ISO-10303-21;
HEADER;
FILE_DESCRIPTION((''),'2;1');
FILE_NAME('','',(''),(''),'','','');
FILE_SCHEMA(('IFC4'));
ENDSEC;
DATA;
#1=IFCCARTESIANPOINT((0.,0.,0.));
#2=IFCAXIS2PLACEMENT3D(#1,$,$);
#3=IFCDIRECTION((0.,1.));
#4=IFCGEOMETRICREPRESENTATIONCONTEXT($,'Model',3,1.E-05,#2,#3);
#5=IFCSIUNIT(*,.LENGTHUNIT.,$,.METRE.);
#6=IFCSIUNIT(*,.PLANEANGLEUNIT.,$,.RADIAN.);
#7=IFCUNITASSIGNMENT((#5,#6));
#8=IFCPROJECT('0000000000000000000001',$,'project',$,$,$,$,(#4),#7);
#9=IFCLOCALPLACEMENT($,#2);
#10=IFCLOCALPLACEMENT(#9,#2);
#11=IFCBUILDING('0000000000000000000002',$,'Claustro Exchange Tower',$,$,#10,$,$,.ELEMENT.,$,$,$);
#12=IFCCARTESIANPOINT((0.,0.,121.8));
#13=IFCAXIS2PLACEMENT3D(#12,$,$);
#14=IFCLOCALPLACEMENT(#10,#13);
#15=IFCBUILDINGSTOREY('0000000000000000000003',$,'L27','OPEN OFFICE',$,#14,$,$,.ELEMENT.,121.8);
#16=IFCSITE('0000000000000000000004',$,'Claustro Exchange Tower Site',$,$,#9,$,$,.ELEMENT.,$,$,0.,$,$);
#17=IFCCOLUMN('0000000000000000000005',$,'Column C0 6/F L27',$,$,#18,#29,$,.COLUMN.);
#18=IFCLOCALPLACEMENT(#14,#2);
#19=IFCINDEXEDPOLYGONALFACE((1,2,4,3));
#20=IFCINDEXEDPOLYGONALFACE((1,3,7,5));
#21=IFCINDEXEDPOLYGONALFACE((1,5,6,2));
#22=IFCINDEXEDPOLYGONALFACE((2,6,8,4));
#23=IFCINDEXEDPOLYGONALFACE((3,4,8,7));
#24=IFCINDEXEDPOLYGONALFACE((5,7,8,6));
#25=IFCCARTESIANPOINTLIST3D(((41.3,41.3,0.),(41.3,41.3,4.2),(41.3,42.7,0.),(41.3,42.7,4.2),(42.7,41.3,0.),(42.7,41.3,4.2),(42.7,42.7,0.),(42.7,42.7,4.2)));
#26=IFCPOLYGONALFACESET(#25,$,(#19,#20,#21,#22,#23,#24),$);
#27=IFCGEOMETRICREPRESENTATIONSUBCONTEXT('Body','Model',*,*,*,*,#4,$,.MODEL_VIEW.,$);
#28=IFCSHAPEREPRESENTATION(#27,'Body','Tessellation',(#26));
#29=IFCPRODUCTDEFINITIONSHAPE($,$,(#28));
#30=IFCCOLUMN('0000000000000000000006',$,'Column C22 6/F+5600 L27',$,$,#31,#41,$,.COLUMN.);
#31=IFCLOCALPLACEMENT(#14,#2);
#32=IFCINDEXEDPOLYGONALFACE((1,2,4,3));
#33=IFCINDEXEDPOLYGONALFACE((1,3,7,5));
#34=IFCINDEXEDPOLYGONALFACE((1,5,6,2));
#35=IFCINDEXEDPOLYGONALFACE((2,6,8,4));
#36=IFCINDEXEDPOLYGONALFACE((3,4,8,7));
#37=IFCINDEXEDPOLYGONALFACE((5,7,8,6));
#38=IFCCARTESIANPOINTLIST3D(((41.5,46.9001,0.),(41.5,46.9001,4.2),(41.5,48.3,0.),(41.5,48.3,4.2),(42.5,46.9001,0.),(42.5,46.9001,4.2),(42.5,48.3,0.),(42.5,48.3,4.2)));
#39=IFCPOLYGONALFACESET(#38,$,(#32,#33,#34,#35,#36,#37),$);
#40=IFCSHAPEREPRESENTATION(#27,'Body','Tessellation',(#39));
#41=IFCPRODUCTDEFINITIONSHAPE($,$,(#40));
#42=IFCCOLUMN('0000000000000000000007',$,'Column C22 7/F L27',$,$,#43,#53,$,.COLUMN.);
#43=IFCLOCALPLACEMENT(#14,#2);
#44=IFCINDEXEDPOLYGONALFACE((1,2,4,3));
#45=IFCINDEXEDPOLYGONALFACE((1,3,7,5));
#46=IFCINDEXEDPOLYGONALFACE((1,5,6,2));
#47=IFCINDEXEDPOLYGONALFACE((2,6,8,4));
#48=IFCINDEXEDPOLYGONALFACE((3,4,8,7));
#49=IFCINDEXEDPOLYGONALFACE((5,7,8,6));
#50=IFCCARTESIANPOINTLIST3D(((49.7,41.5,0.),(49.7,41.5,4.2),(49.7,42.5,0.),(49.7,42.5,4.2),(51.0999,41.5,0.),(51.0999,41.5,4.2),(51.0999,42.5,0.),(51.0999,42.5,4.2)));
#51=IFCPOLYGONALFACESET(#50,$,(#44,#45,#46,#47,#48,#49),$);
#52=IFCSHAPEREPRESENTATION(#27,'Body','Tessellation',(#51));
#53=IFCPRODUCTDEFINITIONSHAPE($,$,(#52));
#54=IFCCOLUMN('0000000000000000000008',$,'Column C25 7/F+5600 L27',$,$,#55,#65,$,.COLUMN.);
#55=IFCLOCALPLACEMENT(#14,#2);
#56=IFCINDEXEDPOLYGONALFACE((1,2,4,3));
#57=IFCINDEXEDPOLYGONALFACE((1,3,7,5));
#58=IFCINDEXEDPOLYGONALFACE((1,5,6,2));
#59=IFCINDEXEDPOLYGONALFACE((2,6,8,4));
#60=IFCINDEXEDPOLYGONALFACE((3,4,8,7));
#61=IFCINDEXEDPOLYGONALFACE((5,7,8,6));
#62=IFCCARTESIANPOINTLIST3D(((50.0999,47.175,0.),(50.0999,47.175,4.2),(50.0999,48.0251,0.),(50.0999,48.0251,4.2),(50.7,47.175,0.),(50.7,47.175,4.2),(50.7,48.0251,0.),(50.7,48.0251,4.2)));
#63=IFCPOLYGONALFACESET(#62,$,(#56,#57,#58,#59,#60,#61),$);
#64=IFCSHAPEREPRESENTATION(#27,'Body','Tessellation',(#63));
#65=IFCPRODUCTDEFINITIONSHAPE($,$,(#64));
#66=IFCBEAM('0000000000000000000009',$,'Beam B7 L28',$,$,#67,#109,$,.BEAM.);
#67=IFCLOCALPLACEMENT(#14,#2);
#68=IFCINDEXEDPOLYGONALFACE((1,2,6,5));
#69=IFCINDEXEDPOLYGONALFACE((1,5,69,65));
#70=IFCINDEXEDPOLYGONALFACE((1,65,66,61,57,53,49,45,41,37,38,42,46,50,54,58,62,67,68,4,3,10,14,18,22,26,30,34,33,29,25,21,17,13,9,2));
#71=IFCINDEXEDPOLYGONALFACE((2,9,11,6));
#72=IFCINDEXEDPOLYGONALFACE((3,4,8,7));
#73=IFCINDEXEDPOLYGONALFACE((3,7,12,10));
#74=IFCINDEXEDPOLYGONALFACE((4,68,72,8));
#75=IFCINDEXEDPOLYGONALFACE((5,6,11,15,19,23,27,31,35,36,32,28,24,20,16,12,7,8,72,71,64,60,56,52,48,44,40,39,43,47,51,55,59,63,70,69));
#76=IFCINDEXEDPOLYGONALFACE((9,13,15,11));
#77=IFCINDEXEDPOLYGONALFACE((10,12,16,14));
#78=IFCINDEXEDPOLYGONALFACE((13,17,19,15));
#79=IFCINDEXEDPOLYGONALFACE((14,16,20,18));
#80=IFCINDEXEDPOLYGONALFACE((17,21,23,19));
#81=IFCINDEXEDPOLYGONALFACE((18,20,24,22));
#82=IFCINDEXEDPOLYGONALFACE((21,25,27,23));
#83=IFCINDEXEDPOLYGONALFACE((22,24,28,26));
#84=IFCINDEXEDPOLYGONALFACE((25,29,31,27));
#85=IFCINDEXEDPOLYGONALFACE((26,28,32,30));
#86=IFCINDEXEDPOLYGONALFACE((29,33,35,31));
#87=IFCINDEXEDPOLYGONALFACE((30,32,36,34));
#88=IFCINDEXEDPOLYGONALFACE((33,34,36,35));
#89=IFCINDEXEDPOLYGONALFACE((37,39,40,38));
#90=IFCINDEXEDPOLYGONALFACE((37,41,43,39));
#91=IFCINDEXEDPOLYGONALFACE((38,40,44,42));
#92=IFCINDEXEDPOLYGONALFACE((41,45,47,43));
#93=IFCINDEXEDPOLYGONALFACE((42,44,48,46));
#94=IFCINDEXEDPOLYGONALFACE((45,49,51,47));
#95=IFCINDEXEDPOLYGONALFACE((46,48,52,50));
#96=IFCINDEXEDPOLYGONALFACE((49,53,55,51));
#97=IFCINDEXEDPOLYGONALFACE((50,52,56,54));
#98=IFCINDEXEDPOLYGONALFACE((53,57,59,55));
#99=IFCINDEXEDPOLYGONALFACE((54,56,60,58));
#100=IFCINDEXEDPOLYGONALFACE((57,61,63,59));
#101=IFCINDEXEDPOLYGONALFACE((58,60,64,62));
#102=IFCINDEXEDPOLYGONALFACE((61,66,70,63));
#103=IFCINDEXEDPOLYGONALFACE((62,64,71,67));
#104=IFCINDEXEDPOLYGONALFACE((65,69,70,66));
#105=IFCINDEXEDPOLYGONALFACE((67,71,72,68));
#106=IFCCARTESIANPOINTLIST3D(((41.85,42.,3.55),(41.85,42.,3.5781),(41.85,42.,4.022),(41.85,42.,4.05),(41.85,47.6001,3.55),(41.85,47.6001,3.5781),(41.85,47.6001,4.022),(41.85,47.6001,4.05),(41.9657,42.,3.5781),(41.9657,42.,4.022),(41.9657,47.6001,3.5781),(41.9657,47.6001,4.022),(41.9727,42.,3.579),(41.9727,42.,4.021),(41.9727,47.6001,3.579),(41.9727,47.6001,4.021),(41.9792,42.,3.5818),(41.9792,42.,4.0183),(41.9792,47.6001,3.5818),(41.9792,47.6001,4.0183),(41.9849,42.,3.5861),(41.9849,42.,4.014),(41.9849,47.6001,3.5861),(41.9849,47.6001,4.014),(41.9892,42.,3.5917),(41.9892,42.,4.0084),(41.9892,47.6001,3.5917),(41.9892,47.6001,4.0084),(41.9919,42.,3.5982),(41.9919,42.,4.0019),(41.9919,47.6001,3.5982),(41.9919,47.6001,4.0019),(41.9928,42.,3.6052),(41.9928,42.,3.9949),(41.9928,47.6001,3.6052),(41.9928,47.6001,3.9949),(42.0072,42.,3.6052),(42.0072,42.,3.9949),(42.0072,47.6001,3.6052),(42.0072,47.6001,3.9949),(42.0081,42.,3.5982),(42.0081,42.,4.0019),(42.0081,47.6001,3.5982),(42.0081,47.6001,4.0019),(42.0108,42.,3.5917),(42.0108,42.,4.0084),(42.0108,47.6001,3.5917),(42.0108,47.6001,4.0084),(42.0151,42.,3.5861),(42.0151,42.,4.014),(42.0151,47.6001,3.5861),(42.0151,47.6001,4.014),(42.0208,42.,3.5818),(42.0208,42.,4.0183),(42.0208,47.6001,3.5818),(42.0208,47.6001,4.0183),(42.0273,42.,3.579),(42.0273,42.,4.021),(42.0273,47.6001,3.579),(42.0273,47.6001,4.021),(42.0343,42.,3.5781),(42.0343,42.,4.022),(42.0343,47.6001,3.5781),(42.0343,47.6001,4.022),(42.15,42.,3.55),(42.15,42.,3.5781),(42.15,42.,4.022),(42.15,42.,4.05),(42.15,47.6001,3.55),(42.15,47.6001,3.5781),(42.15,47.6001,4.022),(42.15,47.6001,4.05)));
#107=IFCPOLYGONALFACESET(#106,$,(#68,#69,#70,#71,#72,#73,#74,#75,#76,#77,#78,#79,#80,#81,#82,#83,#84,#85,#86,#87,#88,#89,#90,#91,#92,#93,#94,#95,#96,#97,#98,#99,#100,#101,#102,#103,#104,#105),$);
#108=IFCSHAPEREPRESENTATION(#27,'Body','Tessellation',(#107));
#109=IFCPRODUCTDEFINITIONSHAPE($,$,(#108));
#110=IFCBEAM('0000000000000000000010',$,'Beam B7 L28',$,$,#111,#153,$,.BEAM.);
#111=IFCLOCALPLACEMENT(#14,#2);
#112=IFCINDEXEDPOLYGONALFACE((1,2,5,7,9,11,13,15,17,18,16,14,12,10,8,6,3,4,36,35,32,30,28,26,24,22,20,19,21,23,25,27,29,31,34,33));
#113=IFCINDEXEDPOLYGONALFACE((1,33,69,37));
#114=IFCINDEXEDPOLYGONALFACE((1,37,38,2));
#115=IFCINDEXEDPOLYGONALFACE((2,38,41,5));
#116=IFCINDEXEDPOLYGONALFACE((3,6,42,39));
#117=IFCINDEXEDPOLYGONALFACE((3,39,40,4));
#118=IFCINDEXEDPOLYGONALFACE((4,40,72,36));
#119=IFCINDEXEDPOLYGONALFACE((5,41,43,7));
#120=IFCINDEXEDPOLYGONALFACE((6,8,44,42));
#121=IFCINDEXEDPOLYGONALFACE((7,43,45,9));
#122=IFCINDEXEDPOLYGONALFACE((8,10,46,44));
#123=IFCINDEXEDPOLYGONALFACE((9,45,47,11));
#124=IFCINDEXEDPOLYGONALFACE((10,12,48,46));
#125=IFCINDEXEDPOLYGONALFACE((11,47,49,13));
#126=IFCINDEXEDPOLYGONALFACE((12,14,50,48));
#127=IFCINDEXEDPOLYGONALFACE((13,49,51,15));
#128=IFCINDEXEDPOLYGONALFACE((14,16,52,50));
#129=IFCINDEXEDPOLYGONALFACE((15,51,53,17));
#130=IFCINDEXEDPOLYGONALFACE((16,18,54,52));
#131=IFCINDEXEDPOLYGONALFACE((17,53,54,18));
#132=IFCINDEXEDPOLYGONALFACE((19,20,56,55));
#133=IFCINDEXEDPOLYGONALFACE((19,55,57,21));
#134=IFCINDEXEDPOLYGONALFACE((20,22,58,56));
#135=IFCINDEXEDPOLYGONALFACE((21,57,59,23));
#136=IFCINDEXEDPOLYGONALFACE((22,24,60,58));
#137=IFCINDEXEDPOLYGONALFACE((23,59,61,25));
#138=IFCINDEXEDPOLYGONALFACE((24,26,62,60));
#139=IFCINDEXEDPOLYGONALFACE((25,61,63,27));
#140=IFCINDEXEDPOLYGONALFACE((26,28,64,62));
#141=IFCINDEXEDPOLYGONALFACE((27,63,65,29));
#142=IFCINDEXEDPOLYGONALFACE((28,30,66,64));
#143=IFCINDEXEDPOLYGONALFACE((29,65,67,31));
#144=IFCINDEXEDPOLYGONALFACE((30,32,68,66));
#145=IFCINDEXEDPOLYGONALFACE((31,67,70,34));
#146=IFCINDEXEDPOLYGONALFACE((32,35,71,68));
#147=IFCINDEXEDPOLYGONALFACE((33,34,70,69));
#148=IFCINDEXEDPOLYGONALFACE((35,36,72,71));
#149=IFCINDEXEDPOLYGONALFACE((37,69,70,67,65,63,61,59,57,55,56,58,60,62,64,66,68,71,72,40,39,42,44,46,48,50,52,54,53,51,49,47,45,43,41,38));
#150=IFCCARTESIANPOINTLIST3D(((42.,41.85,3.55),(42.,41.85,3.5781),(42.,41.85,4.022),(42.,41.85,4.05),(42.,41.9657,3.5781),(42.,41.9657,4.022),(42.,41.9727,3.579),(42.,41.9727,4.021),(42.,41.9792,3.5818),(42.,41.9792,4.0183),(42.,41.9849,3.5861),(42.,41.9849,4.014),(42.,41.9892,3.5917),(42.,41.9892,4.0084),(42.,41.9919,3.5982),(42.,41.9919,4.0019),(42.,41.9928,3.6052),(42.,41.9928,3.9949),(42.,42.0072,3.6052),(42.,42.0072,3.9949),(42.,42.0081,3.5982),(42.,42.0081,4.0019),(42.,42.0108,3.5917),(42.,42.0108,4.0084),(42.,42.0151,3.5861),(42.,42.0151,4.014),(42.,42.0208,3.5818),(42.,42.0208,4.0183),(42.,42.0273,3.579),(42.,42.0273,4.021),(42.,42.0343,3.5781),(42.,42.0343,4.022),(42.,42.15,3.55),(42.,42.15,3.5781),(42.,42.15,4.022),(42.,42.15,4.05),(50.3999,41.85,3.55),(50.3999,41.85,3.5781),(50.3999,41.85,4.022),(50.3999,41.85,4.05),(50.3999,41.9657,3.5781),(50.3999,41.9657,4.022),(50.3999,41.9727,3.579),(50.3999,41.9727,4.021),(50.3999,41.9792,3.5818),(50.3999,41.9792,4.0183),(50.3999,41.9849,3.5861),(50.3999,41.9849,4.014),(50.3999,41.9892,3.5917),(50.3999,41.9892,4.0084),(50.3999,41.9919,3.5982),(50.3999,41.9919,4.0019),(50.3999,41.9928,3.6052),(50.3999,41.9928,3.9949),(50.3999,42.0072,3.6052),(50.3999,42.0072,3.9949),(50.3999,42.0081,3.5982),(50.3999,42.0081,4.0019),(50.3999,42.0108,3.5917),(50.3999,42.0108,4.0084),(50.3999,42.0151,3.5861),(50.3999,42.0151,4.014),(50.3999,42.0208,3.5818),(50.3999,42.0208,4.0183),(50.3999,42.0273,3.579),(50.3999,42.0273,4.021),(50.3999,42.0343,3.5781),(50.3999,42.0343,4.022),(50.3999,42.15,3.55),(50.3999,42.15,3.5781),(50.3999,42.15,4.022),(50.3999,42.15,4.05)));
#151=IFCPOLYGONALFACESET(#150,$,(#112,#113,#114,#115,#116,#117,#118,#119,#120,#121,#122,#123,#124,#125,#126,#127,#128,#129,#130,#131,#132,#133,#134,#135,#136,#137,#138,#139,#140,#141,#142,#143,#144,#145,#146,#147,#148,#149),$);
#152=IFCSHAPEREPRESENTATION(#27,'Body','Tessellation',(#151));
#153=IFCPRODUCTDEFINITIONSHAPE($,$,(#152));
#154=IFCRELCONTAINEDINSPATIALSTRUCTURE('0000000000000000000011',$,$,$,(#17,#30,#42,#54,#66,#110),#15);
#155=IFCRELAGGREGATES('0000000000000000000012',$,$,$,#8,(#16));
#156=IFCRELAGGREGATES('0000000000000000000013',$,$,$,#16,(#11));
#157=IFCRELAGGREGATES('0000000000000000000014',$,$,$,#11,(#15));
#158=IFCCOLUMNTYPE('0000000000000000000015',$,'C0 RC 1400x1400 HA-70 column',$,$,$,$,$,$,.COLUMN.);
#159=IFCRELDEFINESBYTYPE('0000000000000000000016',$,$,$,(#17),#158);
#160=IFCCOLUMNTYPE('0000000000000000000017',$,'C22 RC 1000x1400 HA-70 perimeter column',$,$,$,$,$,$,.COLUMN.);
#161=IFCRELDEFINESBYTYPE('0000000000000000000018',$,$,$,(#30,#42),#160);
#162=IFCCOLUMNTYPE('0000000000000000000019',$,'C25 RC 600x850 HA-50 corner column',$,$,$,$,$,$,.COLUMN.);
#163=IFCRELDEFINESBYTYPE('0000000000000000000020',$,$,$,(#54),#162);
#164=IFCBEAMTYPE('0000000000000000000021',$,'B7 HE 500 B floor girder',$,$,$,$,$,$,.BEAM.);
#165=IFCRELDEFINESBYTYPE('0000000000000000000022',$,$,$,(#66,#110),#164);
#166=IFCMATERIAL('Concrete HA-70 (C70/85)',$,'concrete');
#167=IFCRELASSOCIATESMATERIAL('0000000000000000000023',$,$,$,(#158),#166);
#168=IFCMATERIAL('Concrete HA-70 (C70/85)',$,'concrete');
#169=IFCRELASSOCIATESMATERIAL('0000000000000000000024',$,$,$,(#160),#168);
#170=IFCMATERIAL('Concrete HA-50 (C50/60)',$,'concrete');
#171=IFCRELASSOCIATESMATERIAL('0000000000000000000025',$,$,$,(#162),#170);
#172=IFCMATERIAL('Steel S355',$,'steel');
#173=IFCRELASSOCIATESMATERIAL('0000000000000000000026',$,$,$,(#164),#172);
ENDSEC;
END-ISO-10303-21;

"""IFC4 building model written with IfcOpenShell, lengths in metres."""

from ifc_helpers import new_model, si_unit, direction, frame, origin, origin_2d, place, context, subcontext, project, spatial, rectangle, i_section, extrude, material, material_profile, profile_set, type_object, element, save


model = new_model("IFC4")

# Units and contexts
model_context = context("Model", 3, precision=1e-05, world=origin(), true_north=direction((0.0, 1.0)))
body_context = subcontext(model_context, "Body", "Model", "MODEL_VIEW")
ifc_project = project(units=[si_unit("LENGTHUNIT", "METRE"), si_unit("PLANEANGLEUNIT", "RADIAN")], contexts=[model_context])

# Site, building, storey
site_placement = place(None, origin())
site = spatial("IfcSite", under=ifc_project, at=site_placement, Name="Claustro Exchange Tower Site", CompositionType="ELEMENT", RefElevation=0.0)
building_placement = place(site_placement, origin())
building = spatial("IfcBuilding", under=site, at=building_placement, Name="Claustro Exchange Tower", CompositionType="ELEMENT")
storey_placement = place(building_placement, frame((0.0, 0.0, 121.8)))
storey = spatial("IfcBuildingStorey", under=building, at=storey_placement, Name="L27", Description="OPEN OFFICE", CompositionType="ELEMENT", Elevation=121.8)

# Columns
ifc_material_1 = material(Name="Concrete HA-70 (C70/85)", Category="concrete")
ifc_material_profile_1 = material_profile(ifc_material_1, rectangle(XDim=1.3999, YDim=1.3999, at=origin_2d()), Name="RC 1400x1400")
ifc_profile_set_1 = profile_set([ifc_material_profile_1], Name="Concrete HA-70 (C70/85)")
column_type_1 = type_object("IfcColumnType", Name="C0 RC 1400x1400 HA-70 column", PredefinedType="COLUMN", material=ifc_profile_set_1)
column_1_placement = place(storey_placement, frame((42.0, 42.0, 0.0), z_axis=(0.0, 0.0, 1.0), x_axis=(1.0, 0.0, 0.0)))
element("IfcColumn", 1, at=column_1_placement, inside=storey, type_object=column_type_1, Name="Column C0 6/F L27", PredefinedType="COLUMN", context=body_context, shape_type="SweptSolid", body=[
    extrude(rectangle(XDim=1.3999, YDim=1.3999, at=origin_2d()), origin(), (0.0, 0.0, 1.0), 4.2),
])
ifc_material_2 = material(Name="Concrete HA-70 (C70/85)", Category="concrete")
ifc_material_profile_2 = material_profile(ifc_material_2, rectangle(XDim=1.0, YDim=1.3999, at=origin_2d()), Name="RC 1000x1400")
ifc_profile_set_2 = profile_set([ifc_material_profile_2], Name="Concrete HA-70 (C70/85)")
column_type_2 = type_object("IfcColumnType", Name="C22 RC 1000x1400 HA-70 perimeter column", PredefinedType="COLUMN", material=ifc_profile_set_2)
for number, where, z_axis, x_axis, name in (
    (2, (42.0, 47.6001, 0.0), (0.0, 0.0, 1.0), (1.0, 0.0, 0.0), "Column C22 6/F+5600 L27"),
    (3, (50.3999, 42.0, 0.0), (0.0, 0.0, 1.0), (0.0, 1.0, 0.0), "Column C22 7/F L27"),
):
    element("IfcColumn", number, at=place(storey_placement, frame(where, z_axis=z_axis, x_axis=x_axis)), inside=storey, type_object=column_type_2, Name=name, PredefinedType="COLUMN", context=body_context, shape_type="SweptSolid", body=[
        extrude(rectangle(XDim=1.0, YDim=1.3999, at=origin_2d()), origin(), (0.0, 0.0, 1.0), 4.2),
    ])
ifc_material_3 = material(Name="Concrete HA-50 (C50/60)", Category="concrete")
ifc_material_profile_3 = material_profile(ifc_material_3, rectangle(XDim=0.6001, YDim=0.8501, at=origin_2d()), Name="RC 600x850")
ifc_profile_set_3 = profile_set([ifc_material_profile_3], Name="Concrete HA-50 (C50/60)")
column_type_3 = type_object("IfcColumnType", Name="C25 RC 600x850 HA-50 corner column", PredefinedType="COLUMN", material=ifc_profile_set_3)
column_2_placement = place(storey_placement, frame((50.3999, 47.6001, 0.0), z_axis=(0.0, 0.0, 1.0), x_axis=(1.0, 0.0, 0.0)))
element("IfcColumn", 4, at=column_2_placement, inside=storey, type_object=column_type_3, Name="Column C25 7/F+5600 L27", PredefinedType="COLUMN", context=body_context, shape_type="SweptSolid", body=[
    extrude(rectangle(XDim=0.6001, YDim=0.8501, at=origin_2d()), origin(), (0.0, 0.0, 1.0), 4.2),
])

# Beams
ifc_material_4 = material(Name="Steel S355", Category="steel")
ifc_material_profile_4 = material_profile(ifc_material_4, i_section(OverallWidth=0.3, OverallDepth=0.5, WebThickness=0.0144, FlangeThickness=0.0281, FilletRadius=0.0271, at=origin_2d()), Name="HE 500 B")
ifc_profile_set_4 = profile_set([ifc_material_profile_4], Name="Steel S355")
beam_type_1 = type_object("IfcBeamType", Name="B7 HE 500 B floor girder", PredefinedType="BEAM", material=ifc_profile_set_4)
beam_1_placement = place(storey_placement, frame((42.0, 42.0, 3.8), z_axis=(0.0, 1.0, 0.0), x_axis=(-1.0, 0.0, 0.0)))
element("IfcBeam", 5, at=beam_1_placement, inside=storey, type_object=beam_type_1, Name="Beam B7 L28", PredefinedType="BEAM", context=body_context, shape_type="SweptSolid", body=[
    extrude(i_section(OverallWidth=0.3, OverallDepth=0.5, WebThickness=0.0144, FlangeThickness=0.0281, FilletRadius=0.0271, at=origin_2d()), origin(), (0.0, 0.0, 1.0), 5.6001),
])
beam_2_placement = place(storey_placement, frame((42.0, 42.0, 3.8), z_axis=(1.0, 0.0, 0.0), x_axis=(0.0, 1.0, 0.0)))
element("IfcBeam", 6, at=beam_2_placement, inside=storey, type_object=beam_type_1, Name="Beam B7 L28", PredefinedType="BEAM", context=body_context, shape_type="SweptSolid", body=[
    extrude(i_section(OverallWidth=0.3, OverallDepth=0.5, WebThickness=0.0144, FlangeThickness=0.0281, FilletRadius=0.0271, at=origin_2d()), origin(), (0.0, 0.0, 1.0), 8.3999),
])

save(model, "model.ifc")
